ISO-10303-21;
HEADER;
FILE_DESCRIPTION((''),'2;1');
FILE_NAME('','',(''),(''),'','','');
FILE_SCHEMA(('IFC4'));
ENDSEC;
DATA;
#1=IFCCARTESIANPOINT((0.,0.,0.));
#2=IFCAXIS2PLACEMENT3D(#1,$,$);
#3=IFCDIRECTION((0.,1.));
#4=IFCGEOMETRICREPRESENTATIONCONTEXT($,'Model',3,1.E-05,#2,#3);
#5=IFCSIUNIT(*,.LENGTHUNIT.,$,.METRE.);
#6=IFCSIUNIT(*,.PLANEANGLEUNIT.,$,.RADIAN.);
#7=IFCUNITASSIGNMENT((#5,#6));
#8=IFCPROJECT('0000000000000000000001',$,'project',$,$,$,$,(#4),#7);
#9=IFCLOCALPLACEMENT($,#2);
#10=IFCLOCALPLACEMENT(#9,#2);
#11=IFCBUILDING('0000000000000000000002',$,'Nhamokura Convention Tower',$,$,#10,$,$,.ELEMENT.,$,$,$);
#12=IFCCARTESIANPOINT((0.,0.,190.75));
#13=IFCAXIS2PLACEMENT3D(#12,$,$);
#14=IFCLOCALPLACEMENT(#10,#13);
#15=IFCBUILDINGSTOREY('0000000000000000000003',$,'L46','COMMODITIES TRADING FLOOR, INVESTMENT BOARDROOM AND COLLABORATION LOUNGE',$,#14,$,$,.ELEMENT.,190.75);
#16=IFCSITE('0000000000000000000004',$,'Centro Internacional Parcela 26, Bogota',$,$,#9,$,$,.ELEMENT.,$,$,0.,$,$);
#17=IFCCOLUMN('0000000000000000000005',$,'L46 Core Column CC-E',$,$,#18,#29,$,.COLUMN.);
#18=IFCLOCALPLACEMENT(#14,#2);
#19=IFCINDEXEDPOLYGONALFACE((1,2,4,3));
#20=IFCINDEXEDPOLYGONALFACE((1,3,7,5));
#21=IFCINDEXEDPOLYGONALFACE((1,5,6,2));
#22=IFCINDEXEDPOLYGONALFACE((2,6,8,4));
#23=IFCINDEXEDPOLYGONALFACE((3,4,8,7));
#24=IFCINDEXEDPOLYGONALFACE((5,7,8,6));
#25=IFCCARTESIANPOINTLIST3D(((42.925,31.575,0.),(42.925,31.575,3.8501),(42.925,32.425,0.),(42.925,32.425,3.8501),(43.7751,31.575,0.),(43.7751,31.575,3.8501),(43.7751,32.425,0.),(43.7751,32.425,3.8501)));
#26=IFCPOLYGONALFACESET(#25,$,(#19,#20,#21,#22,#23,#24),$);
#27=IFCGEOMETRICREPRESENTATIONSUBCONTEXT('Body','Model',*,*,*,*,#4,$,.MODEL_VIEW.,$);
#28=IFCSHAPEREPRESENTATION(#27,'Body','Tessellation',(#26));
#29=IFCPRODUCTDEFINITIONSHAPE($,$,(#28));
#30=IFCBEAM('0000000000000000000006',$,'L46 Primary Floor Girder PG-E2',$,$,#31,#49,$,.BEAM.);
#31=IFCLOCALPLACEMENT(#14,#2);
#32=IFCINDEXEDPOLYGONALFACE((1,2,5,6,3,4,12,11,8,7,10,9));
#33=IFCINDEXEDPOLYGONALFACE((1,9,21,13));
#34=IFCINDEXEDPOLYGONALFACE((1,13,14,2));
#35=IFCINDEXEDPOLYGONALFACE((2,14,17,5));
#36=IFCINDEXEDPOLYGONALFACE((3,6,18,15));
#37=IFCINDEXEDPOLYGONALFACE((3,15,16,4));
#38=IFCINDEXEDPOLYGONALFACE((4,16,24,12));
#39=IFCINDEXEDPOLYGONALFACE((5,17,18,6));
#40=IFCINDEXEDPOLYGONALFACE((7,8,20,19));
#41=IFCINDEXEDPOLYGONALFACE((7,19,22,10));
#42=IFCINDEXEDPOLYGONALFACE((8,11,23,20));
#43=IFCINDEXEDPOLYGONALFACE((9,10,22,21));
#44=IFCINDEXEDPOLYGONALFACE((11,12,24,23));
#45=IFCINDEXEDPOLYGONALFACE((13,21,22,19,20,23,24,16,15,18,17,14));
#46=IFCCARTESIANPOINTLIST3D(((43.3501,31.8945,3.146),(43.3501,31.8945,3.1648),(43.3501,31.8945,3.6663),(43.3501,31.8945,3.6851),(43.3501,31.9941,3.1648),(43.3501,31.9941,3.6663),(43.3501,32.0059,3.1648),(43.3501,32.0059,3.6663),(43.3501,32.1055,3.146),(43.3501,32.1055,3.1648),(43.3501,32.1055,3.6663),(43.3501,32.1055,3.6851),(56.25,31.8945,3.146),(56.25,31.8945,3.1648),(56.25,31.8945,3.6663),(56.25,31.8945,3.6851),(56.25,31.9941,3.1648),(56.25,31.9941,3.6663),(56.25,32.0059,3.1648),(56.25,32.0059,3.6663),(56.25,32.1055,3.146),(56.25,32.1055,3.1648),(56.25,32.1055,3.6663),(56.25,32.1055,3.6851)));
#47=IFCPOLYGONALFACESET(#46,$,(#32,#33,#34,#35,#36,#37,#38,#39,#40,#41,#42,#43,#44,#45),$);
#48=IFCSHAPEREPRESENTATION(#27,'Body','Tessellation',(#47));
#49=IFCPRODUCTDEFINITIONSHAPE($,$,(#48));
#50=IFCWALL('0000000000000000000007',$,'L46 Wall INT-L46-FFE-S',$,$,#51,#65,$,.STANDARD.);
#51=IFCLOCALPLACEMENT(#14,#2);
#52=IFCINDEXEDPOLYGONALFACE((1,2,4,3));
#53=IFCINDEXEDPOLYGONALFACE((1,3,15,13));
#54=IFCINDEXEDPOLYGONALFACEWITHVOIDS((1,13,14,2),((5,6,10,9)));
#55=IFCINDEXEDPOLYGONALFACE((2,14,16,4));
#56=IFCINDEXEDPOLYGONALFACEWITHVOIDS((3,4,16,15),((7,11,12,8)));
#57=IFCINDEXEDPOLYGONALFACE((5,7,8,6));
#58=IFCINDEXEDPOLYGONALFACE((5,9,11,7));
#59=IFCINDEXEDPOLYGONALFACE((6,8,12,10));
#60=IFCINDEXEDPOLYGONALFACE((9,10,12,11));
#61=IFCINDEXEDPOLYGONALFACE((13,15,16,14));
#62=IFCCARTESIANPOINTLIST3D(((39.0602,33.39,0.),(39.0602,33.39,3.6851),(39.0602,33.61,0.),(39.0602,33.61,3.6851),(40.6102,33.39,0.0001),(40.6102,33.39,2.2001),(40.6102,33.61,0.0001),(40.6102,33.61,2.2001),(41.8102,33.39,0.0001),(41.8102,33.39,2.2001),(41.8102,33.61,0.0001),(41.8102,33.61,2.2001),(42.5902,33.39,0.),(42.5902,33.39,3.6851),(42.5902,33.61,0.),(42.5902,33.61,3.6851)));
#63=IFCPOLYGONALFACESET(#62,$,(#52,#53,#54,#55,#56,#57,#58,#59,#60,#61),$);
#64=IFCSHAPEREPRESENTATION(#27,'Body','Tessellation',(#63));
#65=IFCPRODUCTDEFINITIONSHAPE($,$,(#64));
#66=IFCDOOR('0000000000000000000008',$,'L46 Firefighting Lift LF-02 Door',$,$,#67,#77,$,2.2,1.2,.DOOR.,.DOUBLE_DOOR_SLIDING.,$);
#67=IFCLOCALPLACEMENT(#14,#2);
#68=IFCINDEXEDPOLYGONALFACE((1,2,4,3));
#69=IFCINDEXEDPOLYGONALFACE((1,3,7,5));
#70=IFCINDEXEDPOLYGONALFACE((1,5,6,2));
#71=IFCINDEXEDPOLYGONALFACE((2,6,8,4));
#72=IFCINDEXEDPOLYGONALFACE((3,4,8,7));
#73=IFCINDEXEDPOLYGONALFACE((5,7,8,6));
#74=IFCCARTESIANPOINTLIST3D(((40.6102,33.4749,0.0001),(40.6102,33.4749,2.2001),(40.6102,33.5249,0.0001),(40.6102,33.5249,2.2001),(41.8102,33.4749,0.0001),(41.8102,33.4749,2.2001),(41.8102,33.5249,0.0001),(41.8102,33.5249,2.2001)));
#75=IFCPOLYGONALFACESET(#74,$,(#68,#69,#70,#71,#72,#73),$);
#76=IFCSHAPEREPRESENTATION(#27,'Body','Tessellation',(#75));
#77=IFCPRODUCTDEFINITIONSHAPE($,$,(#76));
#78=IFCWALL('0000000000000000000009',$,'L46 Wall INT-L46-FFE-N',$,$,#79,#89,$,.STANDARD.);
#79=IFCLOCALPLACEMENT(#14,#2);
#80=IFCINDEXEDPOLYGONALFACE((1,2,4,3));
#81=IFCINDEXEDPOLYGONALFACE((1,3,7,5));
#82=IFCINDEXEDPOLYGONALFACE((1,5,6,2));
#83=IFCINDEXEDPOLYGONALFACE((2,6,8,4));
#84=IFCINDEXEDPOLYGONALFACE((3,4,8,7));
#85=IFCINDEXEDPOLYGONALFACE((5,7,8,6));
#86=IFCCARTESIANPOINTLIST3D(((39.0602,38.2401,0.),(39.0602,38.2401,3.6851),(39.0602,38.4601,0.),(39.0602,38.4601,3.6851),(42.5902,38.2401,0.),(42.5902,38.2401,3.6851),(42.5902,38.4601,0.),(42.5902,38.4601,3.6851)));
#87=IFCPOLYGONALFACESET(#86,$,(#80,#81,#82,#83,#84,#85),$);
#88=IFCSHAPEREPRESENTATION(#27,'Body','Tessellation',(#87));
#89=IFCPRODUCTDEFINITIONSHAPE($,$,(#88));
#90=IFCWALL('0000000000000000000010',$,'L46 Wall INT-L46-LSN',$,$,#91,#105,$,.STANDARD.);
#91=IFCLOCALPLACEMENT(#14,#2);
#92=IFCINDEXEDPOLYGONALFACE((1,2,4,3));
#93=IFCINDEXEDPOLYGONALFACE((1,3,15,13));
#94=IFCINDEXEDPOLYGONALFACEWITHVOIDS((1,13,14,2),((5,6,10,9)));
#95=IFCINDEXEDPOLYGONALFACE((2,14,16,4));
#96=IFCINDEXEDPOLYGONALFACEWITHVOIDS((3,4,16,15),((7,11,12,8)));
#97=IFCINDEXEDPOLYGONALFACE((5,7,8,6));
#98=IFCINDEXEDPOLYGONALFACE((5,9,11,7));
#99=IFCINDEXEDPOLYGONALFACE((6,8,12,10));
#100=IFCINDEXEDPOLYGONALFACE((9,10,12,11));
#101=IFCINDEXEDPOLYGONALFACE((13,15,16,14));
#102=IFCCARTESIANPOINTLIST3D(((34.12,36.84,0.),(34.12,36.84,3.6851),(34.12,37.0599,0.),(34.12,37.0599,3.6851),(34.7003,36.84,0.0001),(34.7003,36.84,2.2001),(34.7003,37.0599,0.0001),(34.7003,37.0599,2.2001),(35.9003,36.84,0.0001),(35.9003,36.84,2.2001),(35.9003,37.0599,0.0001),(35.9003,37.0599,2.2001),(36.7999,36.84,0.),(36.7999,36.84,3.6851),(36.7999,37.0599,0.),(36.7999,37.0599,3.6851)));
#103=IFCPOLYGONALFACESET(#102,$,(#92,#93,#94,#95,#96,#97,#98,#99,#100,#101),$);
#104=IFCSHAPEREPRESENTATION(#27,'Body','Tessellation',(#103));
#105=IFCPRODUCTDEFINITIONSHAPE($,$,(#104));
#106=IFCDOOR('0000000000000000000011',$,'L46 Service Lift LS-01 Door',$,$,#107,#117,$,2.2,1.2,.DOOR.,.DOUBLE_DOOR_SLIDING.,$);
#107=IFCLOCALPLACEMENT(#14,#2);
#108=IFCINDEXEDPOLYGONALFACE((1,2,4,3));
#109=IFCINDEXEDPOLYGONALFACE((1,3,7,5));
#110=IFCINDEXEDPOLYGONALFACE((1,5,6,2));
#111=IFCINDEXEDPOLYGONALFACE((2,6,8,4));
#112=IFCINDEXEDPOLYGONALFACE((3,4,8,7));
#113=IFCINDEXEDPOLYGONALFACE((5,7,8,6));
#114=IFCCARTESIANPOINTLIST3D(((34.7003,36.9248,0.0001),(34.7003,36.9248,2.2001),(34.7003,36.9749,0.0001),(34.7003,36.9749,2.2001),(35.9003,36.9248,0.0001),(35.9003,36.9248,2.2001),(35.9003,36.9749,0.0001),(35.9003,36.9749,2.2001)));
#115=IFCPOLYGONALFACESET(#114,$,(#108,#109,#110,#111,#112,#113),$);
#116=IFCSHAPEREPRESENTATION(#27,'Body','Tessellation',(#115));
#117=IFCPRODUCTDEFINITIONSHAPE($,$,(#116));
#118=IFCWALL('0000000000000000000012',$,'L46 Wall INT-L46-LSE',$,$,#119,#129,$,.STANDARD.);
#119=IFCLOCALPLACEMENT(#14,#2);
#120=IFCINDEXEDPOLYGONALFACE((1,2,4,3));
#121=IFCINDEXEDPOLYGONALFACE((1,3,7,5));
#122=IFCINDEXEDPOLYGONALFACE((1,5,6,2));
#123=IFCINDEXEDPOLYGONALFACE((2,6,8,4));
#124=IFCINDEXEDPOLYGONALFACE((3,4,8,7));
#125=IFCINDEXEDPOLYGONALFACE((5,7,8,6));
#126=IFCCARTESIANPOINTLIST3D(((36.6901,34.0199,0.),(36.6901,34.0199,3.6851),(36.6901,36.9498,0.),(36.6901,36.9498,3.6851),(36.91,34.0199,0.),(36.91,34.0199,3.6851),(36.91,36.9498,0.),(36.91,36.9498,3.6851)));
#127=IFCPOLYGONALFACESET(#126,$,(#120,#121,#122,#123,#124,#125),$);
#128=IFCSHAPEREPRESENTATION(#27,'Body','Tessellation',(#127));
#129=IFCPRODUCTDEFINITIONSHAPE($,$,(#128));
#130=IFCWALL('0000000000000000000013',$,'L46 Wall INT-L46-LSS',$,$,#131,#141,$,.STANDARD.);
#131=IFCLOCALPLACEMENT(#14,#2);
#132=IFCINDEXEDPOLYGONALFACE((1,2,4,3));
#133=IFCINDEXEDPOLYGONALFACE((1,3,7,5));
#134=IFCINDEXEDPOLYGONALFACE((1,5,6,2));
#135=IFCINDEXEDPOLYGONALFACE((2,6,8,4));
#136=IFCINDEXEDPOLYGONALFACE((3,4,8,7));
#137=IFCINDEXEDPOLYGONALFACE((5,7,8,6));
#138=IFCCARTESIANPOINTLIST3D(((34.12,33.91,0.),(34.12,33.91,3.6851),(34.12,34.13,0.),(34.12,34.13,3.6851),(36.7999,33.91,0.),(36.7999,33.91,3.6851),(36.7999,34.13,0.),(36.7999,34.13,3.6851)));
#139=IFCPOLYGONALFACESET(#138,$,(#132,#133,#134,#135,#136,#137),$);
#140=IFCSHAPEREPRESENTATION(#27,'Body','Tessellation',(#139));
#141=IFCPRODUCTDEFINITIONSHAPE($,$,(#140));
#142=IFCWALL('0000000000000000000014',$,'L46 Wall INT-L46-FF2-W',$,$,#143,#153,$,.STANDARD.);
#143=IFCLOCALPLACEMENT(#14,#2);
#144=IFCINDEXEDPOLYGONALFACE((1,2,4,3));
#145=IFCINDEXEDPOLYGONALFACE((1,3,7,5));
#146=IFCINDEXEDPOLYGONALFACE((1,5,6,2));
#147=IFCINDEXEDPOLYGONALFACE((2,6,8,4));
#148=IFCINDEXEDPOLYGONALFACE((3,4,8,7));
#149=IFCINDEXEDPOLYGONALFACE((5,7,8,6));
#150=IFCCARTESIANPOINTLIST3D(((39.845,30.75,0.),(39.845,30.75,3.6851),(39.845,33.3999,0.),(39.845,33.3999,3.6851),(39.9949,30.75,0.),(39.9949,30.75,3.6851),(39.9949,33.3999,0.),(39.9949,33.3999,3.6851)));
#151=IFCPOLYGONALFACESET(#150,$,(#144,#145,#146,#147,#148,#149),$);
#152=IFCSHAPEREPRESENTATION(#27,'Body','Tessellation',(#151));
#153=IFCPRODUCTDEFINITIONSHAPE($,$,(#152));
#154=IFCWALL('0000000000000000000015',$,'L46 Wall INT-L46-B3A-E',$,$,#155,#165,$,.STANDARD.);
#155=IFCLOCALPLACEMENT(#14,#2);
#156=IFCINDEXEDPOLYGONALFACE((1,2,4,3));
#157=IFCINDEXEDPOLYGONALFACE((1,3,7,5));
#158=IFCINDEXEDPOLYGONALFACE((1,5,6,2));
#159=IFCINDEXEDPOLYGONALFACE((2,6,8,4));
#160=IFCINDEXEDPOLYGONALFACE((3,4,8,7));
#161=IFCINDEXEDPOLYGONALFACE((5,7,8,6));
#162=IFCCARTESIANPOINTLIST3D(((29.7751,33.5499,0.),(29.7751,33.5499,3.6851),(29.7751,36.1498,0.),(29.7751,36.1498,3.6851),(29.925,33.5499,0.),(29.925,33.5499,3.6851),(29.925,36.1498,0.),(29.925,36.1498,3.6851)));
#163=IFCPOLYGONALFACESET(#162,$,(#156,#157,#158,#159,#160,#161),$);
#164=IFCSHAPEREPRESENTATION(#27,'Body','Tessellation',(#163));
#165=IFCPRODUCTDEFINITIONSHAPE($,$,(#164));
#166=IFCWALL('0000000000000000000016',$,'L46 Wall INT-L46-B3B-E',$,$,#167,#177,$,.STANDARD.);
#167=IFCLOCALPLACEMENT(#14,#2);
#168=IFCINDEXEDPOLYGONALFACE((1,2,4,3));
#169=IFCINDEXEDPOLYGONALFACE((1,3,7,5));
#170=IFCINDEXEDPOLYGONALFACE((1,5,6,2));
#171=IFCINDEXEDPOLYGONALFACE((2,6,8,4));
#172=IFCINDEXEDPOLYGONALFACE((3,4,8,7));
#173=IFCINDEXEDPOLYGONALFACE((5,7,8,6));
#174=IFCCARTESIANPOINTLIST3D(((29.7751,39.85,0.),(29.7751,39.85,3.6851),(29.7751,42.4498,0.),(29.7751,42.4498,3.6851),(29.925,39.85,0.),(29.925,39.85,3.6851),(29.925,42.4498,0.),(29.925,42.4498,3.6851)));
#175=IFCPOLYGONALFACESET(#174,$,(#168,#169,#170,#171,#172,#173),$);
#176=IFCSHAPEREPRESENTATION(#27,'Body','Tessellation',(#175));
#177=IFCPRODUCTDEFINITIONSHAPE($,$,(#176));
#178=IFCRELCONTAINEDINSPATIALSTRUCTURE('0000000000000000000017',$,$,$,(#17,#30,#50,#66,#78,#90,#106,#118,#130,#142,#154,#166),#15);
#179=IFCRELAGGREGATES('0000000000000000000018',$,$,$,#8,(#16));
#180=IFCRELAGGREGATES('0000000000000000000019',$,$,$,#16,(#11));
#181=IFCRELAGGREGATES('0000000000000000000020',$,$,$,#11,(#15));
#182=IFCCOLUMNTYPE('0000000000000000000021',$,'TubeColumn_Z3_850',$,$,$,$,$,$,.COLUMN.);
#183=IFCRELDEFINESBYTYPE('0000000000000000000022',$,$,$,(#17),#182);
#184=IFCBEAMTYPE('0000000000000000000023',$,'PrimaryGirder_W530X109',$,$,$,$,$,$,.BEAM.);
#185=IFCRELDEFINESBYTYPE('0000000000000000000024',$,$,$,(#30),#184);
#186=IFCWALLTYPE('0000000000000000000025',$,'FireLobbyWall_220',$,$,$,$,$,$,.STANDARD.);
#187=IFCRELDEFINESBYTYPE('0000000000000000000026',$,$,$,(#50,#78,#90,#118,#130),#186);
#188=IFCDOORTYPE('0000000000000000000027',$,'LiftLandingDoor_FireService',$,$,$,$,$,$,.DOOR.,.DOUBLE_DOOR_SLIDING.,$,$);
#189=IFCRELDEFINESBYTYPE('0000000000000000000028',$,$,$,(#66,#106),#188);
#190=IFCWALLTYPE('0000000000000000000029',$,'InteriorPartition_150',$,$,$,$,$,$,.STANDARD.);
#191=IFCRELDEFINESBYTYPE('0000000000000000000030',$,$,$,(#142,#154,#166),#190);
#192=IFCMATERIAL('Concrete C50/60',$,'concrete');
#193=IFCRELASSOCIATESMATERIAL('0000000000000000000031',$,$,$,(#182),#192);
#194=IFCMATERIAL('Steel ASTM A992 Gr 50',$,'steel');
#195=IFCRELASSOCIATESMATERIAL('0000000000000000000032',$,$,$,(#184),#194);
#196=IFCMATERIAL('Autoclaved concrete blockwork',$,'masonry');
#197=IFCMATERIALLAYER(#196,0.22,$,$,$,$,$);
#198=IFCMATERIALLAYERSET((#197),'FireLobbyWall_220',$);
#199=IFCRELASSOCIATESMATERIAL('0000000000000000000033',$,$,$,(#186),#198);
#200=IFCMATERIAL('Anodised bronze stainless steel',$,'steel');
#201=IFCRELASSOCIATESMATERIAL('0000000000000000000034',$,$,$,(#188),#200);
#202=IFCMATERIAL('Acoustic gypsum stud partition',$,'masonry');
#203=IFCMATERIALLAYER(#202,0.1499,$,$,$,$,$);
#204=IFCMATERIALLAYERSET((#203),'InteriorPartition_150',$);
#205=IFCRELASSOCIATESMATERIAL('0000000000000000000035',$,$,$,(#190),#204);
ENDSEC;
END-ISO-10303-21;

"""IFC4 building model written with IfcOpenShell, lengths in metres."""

from ifc_helpers import new_model, si_unit, direction, frame, frame_2d, origin, origin_2d, place, context, subcontext, project, spatial, rectangle, i_section, extrude, material, layer, layer_set, material_profile, profile_set, type_object, element, fill, save


model = new_model("IFC4")

# Units and contexts
model_context = context("Model", 3, precision=1e-05, world=origin(), true_north=direction((0.0, 1.0)))
body_context = subcontext(model_context, "Body", "Model", "MODEL_VIEW")
ifc_project = project(units=[si_unit("LENGTHUNIT", "METRE"), si_unit("PLANEANGLEUNIT", "RADIAN")], contexts=[model_context])

# Site, building, storey
site_placement = place(None, origin())
site = spatial("IfcSite", under=ifc_project, at=site_placement, Name="Centro Internacional Parcela 26, Bogota", CompositionType="ELEMENT", RefElevation=0.0)
building_placement = place(site_placement, origin())
building = spatial("IfcBuilding", under=site, at=building_placement, Name="Nhamokura Convention Tower", CompositionType="ELEMENT")
storey_placement = place(building_placement, frame((0.0, 0.0, 190.75)))
storey = spatial("IfcBuildingStorey", under=building, at=storey_placement, Name="L46", Description="COMMODITIES TRADING FLOOR, INVESTMENT BOARDROOM AND COLLABORATION LOUNGE", CompositionType="ELEMENT", Elevation=190.75)

# Column
ifc_material_1 = material(Name="Concrete C50/60", Category="concrete")
ifc_material_profile_1 = material_profile(ifc_material_1, rectangle(XDim=0.8501, YDim=0.8501, at=origin_2d()))
ifc_profile_set_1 = profile_set([ifc_material_profile_1], Name="Concrete C50/60")
column_type = type_object("IfcColumnType", Name="TubeColumn_Z3_850", PredefinedType="COLUMN", material=ifc_profile_set_1)
column_placement = place(storey_placement, frame((43.3501, 32.0, 0.0), z_axis=(0.0, 0.0, 1.0), x_axis=(1.0, 0.0, 0.0)))
element("IfcColumn", 1, at=column_placement, inside=storey, type_object=column_type, Name="L46 Core Column CC-E", PredefinedType="COLUMN", context=body_context, shape_type="SweptSolid", body=[
    extrude(rectangle(XDim=0.8501, YDim=0.8501, at=origin_2d()), origin(), (0.0, 0.0, 1.0), 3.8501),
])

# Beam
ifc_material_2 = material(Name="Steel ASTM A992 Gr 50", Category="steel")
ifc_material_profile_2 = material_profile(ifc_material_2, i_section(OverallWidth=0.2109, OverallDepth=0.5391, WebThickness=0.0117, FlangeThickness=0.0188, at=origin_2d()))
ifc_profile_set_2 = profile_set([ifc_material_profile_2], Name="Steel ASTM A992 Gr 50")
beam_type = type_object("IfcBeamType", Name="PrimaryGirder_W530X109", PredefinedType="BEAM", material=ifc_profile_set_2)
beam_placement = place(storey_placement, frame((43.3501, 32.0, 3.4155), z_axis=(1.0, 0.0, 0.0), x_axis=(0.0, 1.0, 0.0)))
element("IfcBeam", 2, at=beam_placement, inside=storey, type_object=beam_type, Name="L46 Primary Floor Girder PG-E2", PredefinedType="BEAM", context=body_context, shape_type="SweptSolid", body=[
    extrude(i_section(OverallWidth=0.2109, OverallDepth=0.5391, WebThickness=0.0117, FlangeThickness=0.0188, at=origin_2d()), origin(), (0.0, 0.0, 1.0), 12.8999),
])

# Wall, opening, door
ifc_material_3 = material(Name="Autoclaved concrete blockwork", Category="masonry")
ifc_layer_1 = layer(ifc_material_3, 0.22)
ifc_layer_set_1 = layer_set([ifc_layer_1], Name="FireLobbyWall_220")
wall_type_1 = type_object("IfcWallType", Name="FireLobbyWall_220", PredefinedType="STANDARD", material=ifc_layer_set_1)
wall_1_placement = place(storey_placement, frame((39.0601, 33.5, 0.0), z_axis=(0.0, 0.0, 1.0), x_axis=(1.0, 0.0, 0.0)))
wall_1 = element("IfcWall", 3, at=wall_1_placement, inside=storey, type_object=wall_type_1, Name="L46 Wall INT-L46-FFE-S", PredefinedType="STANDARD", context=body_context, shape_type="SweptSolid", body=[
    extrude(rectangle(XDim=3.53, YDim=0.22, at=frame_2d((1.7651, 0.0))), origin(), (0.0, 0.0, 1.0), 3.6851),
])
opening_1_placement = place(wall_1_placement, frame((1.55, 0.0, 0.0)))
opening_1 = element("IfcOpeningElement", 4, at=opening_1_placement, cuts=wall_1, PredefinedType="OPENING", context=body_context, shape_type="SweptSolid", body=[
    extrude(rectangle(XDim=1.2, YDim=2.2, at=frame_2d((0.6001, 1.1001))), frame((0.0, 0.1199, 0.0), z_axis=(0.0, -1.0, 0.0), x_axis=(1.0, 0.0, 0.0)), (0.0, 0.0, 1.0), 0.24),
])
ifc_material_4 = material(Name="Anodised bronze stainless steel", Category="steel")
door_type_1 = type_object("IfcDoorType", Name="LiftLandingDoor_FireService", OperationType="DOUBLE_DOOR_SLIDING", PredefinedType="DOOR", material=ifc_material_4)
door_1_placement = place(opening_1_placement, origin())
door_1 = element("IfcDoor", 5, at=door_1_placement, inside=storey, type_object=door_type_1, Name="L46 Firefighting Lift LF-02 Door", OperationType="DOUBLE_DOOR_SLIDING", OverallHeight=2.2, OverallWidth=1.2, PredefinedType="DOOR", context=body_context, shape_type="SweptSolid", body=[
    extrude(rectangle(XDim=1.2, YDim=2.2, at=frame_2d((0.6001, 1.1001))), frame((0.0, 0.0249, 0.0), z_axis=(0.0, -1.0, 0.0), x_axis=(1.0, 0.0, 0.0)), (0.0, 0.0, 1.0), 0.05),
])
fill(opening_1, door_1)

# Wall
wall_2_placement = place(storey_placement, frame((39.0601, 38.3501, 0.0), z_axis=(0.0, 0.0, 1.0), x_axis=(1.0, 0.0, 0.0)))
element("IfcWall", 6, at=wall_2_placement, inside=storey, type_object=wall_type_1, Name="L46 Wall INT-L46-FFE-N", PredefinedType="STANDARD", context=body_context, shape_type="SweptSolid", body=[
    extrude(rectangle(XDim=3.53, YDim=0.22, at=frame_2d((1.7651, 0.0))), origin(), (0.0, 0.0, 1.0), 3.6851),
])

# Wall, opening, door
wall_3_placement = place(storey_placement, frame((34.1201, 36.95, 0.0), z_axis=(0.0, 0.0, 1.0), x_axis=(1.0, 0.0, 0.0)))
wall_3 = element("IfcWall", 7, at=wall_3_placement, inside=storey, type_object=wall_type_1, Name="L46 Wall INT-L46-LSN", PredefinedType="STANDARD", context=body_context, shape_type="SweptSolid", body=[
    extrude(rectangle(XDim=2.6799, YDim=0.22, at=frame_2d((1.3398, 0.0))), origin(), (0.0, 0.0, 1.0), 3.6851),
])
opening_2_placement = place(wall_3_placement, frame((0.5801, 0.0, 0.0)))
opening_2 = element("IfcOpeningElement", 8, at=opening_2_placement, cuts=wall_3, PredefinedType="OPENING", context=body_context, shape_type="SweptSolid", body=[
    extrude(rectangle(XDim=1.2, YDim=2.2, at=frame_2d((0.6001, 1.1001))), frame((0.0, 0.1199, 0.0), z_axis=(0.0, -1.0, 0.0), x_axis=(1.0, 0.0, 0.0)), (0.0, 0.0, 1.0), 0.24),
])
door_2_placement = place(opening_2_placement, origin())
door_2 = element("IfcDoor", 9, at=door_2_placement, inside=storey, type_object=door_type_1, Name="L46 Service Lift LS-01 Door", OperationType="DOUBLE_DOOR_SLIDING", OverallHeight=2.2, OverallWidth=1.2, PredefinedType="DOOR", context=body_context, shape_type="SweptSolid", body=[
    extrude(rectangle(XDim=1.2, YDim=2.2, at=frame_2d((0.6001, 1.1001))), frame((0.0, 0.0249, 0.0), z_axis=(0.0, -1.0, 0.0), x_axis=(1.0, 0.0, 0.0)), (0.0, 0.0, 1.0), 0.05),
])
fill(opening_2, door_2)

# Walls
wall_4_placement = place(storey_placement, frame((36.8, 34.02, 0.0), z_axis=(0.0, 0.0, 1.0), x_axis=(0.0, 1.0, 0.0)))
element("IfcWall", 10, at=wall_4_placement, inside=storey, type_object=wall_type_1, Name="L46 Wall INT-L46-LSE", PredefinedType="STANDARD", context=body_context, shape_type="SweptSolid", body=[
    extrude(rectangle(XDim=2.9299, YDim=0.22, at=frame_2d((1.4648, 0.0))), origin(), (0.0, 0.0, 1.0), 3.6851),
])
wall_5_placement = place(storey_placement, frame((34.1201, 34.02, 0.0), z_axis=(0.0, 0.0, 1.0), x_axis=(1.0, 0.0, 0.0)))
element("IfcWall", 11, at=wall_5_placement, inside=storey, type_object=wall_type_1, Name="L46 Wall INT-L46-LSS", PredefinedType="STANDARD", context=body_context, shape_type="SweptSolid", body=[
    extrude(rectangle(XDim=2.6799, YDim=0.22, at=frame_2d((1.3398, 0.0))), origin(), (0.0, 0.0, 1.0), 3.6851),
])
ifc_material_5 = material(Name="Acoustic gypsum stud partition", Category="masonry")
ifc_layer_2 = layer(ifc_material_5, 0.1499)
ifc_layer_set_2 = layer_set([ifc_layer_2], Name="InteriorPartition_150")
wall_type_2 = type_object("IfcWallType", Name="InteriorPartition_150", PredefinedType="STANDARD", material=ifc_layer_set_2)
wall_6_placement = place(storey_placement, frame((39.9199, 30.75, 0.0), z_axis=(0.0, 0.0, 1.0), x_axis=(0.0, 1.0, 0.0)))
element("IfcWall", 12, at=wall_6_placement, inside=storey, type_object=wall_type_2, Name="L46 Wall INT-L46-FF2-W", PredefinedType="STANDARD", context=body_context, shape_type="SweptSolid", body=[
    extrude(rectangle(XDim=2.6499, YDim=0.1499, at=frame_2d((1.325, 0.0))), origin(), (0.0, 0.0, 1.0), 3.6851),
])
for number, where, z_axis, x_axis, name in (
    (13, (29.8501, 33.55, 0.0), (0.0, 0.0, 1.0), (0.0, 1.0, 0.0), "L46 Wall INT-L46-B3A-E"),
    (14, (29.8501, 39.8501, 0.0), (0.0, 0.0, 1.0), (0.0, 1.0, 0.0), "L46 Wall INT-L46-B3B-E"),
):
    element("IfcWall", number, at=place(storey_placement, frame(where, z_axis=z_axis, x_axis=x_axis)), inside=storey, type_object=wall_type_2, Name=name, PredefinedType="STANDARD", context=body_context, shape_type="SweptSolid", body=[
        extrude(rectangle(XDim=2.5999, YDim=0.1499, at=frame_2d((1.2998, 0.0))), origin(), (0.0, 0.0, 1.0), 3.6851),
    ])

save(model, "model.ifc")
